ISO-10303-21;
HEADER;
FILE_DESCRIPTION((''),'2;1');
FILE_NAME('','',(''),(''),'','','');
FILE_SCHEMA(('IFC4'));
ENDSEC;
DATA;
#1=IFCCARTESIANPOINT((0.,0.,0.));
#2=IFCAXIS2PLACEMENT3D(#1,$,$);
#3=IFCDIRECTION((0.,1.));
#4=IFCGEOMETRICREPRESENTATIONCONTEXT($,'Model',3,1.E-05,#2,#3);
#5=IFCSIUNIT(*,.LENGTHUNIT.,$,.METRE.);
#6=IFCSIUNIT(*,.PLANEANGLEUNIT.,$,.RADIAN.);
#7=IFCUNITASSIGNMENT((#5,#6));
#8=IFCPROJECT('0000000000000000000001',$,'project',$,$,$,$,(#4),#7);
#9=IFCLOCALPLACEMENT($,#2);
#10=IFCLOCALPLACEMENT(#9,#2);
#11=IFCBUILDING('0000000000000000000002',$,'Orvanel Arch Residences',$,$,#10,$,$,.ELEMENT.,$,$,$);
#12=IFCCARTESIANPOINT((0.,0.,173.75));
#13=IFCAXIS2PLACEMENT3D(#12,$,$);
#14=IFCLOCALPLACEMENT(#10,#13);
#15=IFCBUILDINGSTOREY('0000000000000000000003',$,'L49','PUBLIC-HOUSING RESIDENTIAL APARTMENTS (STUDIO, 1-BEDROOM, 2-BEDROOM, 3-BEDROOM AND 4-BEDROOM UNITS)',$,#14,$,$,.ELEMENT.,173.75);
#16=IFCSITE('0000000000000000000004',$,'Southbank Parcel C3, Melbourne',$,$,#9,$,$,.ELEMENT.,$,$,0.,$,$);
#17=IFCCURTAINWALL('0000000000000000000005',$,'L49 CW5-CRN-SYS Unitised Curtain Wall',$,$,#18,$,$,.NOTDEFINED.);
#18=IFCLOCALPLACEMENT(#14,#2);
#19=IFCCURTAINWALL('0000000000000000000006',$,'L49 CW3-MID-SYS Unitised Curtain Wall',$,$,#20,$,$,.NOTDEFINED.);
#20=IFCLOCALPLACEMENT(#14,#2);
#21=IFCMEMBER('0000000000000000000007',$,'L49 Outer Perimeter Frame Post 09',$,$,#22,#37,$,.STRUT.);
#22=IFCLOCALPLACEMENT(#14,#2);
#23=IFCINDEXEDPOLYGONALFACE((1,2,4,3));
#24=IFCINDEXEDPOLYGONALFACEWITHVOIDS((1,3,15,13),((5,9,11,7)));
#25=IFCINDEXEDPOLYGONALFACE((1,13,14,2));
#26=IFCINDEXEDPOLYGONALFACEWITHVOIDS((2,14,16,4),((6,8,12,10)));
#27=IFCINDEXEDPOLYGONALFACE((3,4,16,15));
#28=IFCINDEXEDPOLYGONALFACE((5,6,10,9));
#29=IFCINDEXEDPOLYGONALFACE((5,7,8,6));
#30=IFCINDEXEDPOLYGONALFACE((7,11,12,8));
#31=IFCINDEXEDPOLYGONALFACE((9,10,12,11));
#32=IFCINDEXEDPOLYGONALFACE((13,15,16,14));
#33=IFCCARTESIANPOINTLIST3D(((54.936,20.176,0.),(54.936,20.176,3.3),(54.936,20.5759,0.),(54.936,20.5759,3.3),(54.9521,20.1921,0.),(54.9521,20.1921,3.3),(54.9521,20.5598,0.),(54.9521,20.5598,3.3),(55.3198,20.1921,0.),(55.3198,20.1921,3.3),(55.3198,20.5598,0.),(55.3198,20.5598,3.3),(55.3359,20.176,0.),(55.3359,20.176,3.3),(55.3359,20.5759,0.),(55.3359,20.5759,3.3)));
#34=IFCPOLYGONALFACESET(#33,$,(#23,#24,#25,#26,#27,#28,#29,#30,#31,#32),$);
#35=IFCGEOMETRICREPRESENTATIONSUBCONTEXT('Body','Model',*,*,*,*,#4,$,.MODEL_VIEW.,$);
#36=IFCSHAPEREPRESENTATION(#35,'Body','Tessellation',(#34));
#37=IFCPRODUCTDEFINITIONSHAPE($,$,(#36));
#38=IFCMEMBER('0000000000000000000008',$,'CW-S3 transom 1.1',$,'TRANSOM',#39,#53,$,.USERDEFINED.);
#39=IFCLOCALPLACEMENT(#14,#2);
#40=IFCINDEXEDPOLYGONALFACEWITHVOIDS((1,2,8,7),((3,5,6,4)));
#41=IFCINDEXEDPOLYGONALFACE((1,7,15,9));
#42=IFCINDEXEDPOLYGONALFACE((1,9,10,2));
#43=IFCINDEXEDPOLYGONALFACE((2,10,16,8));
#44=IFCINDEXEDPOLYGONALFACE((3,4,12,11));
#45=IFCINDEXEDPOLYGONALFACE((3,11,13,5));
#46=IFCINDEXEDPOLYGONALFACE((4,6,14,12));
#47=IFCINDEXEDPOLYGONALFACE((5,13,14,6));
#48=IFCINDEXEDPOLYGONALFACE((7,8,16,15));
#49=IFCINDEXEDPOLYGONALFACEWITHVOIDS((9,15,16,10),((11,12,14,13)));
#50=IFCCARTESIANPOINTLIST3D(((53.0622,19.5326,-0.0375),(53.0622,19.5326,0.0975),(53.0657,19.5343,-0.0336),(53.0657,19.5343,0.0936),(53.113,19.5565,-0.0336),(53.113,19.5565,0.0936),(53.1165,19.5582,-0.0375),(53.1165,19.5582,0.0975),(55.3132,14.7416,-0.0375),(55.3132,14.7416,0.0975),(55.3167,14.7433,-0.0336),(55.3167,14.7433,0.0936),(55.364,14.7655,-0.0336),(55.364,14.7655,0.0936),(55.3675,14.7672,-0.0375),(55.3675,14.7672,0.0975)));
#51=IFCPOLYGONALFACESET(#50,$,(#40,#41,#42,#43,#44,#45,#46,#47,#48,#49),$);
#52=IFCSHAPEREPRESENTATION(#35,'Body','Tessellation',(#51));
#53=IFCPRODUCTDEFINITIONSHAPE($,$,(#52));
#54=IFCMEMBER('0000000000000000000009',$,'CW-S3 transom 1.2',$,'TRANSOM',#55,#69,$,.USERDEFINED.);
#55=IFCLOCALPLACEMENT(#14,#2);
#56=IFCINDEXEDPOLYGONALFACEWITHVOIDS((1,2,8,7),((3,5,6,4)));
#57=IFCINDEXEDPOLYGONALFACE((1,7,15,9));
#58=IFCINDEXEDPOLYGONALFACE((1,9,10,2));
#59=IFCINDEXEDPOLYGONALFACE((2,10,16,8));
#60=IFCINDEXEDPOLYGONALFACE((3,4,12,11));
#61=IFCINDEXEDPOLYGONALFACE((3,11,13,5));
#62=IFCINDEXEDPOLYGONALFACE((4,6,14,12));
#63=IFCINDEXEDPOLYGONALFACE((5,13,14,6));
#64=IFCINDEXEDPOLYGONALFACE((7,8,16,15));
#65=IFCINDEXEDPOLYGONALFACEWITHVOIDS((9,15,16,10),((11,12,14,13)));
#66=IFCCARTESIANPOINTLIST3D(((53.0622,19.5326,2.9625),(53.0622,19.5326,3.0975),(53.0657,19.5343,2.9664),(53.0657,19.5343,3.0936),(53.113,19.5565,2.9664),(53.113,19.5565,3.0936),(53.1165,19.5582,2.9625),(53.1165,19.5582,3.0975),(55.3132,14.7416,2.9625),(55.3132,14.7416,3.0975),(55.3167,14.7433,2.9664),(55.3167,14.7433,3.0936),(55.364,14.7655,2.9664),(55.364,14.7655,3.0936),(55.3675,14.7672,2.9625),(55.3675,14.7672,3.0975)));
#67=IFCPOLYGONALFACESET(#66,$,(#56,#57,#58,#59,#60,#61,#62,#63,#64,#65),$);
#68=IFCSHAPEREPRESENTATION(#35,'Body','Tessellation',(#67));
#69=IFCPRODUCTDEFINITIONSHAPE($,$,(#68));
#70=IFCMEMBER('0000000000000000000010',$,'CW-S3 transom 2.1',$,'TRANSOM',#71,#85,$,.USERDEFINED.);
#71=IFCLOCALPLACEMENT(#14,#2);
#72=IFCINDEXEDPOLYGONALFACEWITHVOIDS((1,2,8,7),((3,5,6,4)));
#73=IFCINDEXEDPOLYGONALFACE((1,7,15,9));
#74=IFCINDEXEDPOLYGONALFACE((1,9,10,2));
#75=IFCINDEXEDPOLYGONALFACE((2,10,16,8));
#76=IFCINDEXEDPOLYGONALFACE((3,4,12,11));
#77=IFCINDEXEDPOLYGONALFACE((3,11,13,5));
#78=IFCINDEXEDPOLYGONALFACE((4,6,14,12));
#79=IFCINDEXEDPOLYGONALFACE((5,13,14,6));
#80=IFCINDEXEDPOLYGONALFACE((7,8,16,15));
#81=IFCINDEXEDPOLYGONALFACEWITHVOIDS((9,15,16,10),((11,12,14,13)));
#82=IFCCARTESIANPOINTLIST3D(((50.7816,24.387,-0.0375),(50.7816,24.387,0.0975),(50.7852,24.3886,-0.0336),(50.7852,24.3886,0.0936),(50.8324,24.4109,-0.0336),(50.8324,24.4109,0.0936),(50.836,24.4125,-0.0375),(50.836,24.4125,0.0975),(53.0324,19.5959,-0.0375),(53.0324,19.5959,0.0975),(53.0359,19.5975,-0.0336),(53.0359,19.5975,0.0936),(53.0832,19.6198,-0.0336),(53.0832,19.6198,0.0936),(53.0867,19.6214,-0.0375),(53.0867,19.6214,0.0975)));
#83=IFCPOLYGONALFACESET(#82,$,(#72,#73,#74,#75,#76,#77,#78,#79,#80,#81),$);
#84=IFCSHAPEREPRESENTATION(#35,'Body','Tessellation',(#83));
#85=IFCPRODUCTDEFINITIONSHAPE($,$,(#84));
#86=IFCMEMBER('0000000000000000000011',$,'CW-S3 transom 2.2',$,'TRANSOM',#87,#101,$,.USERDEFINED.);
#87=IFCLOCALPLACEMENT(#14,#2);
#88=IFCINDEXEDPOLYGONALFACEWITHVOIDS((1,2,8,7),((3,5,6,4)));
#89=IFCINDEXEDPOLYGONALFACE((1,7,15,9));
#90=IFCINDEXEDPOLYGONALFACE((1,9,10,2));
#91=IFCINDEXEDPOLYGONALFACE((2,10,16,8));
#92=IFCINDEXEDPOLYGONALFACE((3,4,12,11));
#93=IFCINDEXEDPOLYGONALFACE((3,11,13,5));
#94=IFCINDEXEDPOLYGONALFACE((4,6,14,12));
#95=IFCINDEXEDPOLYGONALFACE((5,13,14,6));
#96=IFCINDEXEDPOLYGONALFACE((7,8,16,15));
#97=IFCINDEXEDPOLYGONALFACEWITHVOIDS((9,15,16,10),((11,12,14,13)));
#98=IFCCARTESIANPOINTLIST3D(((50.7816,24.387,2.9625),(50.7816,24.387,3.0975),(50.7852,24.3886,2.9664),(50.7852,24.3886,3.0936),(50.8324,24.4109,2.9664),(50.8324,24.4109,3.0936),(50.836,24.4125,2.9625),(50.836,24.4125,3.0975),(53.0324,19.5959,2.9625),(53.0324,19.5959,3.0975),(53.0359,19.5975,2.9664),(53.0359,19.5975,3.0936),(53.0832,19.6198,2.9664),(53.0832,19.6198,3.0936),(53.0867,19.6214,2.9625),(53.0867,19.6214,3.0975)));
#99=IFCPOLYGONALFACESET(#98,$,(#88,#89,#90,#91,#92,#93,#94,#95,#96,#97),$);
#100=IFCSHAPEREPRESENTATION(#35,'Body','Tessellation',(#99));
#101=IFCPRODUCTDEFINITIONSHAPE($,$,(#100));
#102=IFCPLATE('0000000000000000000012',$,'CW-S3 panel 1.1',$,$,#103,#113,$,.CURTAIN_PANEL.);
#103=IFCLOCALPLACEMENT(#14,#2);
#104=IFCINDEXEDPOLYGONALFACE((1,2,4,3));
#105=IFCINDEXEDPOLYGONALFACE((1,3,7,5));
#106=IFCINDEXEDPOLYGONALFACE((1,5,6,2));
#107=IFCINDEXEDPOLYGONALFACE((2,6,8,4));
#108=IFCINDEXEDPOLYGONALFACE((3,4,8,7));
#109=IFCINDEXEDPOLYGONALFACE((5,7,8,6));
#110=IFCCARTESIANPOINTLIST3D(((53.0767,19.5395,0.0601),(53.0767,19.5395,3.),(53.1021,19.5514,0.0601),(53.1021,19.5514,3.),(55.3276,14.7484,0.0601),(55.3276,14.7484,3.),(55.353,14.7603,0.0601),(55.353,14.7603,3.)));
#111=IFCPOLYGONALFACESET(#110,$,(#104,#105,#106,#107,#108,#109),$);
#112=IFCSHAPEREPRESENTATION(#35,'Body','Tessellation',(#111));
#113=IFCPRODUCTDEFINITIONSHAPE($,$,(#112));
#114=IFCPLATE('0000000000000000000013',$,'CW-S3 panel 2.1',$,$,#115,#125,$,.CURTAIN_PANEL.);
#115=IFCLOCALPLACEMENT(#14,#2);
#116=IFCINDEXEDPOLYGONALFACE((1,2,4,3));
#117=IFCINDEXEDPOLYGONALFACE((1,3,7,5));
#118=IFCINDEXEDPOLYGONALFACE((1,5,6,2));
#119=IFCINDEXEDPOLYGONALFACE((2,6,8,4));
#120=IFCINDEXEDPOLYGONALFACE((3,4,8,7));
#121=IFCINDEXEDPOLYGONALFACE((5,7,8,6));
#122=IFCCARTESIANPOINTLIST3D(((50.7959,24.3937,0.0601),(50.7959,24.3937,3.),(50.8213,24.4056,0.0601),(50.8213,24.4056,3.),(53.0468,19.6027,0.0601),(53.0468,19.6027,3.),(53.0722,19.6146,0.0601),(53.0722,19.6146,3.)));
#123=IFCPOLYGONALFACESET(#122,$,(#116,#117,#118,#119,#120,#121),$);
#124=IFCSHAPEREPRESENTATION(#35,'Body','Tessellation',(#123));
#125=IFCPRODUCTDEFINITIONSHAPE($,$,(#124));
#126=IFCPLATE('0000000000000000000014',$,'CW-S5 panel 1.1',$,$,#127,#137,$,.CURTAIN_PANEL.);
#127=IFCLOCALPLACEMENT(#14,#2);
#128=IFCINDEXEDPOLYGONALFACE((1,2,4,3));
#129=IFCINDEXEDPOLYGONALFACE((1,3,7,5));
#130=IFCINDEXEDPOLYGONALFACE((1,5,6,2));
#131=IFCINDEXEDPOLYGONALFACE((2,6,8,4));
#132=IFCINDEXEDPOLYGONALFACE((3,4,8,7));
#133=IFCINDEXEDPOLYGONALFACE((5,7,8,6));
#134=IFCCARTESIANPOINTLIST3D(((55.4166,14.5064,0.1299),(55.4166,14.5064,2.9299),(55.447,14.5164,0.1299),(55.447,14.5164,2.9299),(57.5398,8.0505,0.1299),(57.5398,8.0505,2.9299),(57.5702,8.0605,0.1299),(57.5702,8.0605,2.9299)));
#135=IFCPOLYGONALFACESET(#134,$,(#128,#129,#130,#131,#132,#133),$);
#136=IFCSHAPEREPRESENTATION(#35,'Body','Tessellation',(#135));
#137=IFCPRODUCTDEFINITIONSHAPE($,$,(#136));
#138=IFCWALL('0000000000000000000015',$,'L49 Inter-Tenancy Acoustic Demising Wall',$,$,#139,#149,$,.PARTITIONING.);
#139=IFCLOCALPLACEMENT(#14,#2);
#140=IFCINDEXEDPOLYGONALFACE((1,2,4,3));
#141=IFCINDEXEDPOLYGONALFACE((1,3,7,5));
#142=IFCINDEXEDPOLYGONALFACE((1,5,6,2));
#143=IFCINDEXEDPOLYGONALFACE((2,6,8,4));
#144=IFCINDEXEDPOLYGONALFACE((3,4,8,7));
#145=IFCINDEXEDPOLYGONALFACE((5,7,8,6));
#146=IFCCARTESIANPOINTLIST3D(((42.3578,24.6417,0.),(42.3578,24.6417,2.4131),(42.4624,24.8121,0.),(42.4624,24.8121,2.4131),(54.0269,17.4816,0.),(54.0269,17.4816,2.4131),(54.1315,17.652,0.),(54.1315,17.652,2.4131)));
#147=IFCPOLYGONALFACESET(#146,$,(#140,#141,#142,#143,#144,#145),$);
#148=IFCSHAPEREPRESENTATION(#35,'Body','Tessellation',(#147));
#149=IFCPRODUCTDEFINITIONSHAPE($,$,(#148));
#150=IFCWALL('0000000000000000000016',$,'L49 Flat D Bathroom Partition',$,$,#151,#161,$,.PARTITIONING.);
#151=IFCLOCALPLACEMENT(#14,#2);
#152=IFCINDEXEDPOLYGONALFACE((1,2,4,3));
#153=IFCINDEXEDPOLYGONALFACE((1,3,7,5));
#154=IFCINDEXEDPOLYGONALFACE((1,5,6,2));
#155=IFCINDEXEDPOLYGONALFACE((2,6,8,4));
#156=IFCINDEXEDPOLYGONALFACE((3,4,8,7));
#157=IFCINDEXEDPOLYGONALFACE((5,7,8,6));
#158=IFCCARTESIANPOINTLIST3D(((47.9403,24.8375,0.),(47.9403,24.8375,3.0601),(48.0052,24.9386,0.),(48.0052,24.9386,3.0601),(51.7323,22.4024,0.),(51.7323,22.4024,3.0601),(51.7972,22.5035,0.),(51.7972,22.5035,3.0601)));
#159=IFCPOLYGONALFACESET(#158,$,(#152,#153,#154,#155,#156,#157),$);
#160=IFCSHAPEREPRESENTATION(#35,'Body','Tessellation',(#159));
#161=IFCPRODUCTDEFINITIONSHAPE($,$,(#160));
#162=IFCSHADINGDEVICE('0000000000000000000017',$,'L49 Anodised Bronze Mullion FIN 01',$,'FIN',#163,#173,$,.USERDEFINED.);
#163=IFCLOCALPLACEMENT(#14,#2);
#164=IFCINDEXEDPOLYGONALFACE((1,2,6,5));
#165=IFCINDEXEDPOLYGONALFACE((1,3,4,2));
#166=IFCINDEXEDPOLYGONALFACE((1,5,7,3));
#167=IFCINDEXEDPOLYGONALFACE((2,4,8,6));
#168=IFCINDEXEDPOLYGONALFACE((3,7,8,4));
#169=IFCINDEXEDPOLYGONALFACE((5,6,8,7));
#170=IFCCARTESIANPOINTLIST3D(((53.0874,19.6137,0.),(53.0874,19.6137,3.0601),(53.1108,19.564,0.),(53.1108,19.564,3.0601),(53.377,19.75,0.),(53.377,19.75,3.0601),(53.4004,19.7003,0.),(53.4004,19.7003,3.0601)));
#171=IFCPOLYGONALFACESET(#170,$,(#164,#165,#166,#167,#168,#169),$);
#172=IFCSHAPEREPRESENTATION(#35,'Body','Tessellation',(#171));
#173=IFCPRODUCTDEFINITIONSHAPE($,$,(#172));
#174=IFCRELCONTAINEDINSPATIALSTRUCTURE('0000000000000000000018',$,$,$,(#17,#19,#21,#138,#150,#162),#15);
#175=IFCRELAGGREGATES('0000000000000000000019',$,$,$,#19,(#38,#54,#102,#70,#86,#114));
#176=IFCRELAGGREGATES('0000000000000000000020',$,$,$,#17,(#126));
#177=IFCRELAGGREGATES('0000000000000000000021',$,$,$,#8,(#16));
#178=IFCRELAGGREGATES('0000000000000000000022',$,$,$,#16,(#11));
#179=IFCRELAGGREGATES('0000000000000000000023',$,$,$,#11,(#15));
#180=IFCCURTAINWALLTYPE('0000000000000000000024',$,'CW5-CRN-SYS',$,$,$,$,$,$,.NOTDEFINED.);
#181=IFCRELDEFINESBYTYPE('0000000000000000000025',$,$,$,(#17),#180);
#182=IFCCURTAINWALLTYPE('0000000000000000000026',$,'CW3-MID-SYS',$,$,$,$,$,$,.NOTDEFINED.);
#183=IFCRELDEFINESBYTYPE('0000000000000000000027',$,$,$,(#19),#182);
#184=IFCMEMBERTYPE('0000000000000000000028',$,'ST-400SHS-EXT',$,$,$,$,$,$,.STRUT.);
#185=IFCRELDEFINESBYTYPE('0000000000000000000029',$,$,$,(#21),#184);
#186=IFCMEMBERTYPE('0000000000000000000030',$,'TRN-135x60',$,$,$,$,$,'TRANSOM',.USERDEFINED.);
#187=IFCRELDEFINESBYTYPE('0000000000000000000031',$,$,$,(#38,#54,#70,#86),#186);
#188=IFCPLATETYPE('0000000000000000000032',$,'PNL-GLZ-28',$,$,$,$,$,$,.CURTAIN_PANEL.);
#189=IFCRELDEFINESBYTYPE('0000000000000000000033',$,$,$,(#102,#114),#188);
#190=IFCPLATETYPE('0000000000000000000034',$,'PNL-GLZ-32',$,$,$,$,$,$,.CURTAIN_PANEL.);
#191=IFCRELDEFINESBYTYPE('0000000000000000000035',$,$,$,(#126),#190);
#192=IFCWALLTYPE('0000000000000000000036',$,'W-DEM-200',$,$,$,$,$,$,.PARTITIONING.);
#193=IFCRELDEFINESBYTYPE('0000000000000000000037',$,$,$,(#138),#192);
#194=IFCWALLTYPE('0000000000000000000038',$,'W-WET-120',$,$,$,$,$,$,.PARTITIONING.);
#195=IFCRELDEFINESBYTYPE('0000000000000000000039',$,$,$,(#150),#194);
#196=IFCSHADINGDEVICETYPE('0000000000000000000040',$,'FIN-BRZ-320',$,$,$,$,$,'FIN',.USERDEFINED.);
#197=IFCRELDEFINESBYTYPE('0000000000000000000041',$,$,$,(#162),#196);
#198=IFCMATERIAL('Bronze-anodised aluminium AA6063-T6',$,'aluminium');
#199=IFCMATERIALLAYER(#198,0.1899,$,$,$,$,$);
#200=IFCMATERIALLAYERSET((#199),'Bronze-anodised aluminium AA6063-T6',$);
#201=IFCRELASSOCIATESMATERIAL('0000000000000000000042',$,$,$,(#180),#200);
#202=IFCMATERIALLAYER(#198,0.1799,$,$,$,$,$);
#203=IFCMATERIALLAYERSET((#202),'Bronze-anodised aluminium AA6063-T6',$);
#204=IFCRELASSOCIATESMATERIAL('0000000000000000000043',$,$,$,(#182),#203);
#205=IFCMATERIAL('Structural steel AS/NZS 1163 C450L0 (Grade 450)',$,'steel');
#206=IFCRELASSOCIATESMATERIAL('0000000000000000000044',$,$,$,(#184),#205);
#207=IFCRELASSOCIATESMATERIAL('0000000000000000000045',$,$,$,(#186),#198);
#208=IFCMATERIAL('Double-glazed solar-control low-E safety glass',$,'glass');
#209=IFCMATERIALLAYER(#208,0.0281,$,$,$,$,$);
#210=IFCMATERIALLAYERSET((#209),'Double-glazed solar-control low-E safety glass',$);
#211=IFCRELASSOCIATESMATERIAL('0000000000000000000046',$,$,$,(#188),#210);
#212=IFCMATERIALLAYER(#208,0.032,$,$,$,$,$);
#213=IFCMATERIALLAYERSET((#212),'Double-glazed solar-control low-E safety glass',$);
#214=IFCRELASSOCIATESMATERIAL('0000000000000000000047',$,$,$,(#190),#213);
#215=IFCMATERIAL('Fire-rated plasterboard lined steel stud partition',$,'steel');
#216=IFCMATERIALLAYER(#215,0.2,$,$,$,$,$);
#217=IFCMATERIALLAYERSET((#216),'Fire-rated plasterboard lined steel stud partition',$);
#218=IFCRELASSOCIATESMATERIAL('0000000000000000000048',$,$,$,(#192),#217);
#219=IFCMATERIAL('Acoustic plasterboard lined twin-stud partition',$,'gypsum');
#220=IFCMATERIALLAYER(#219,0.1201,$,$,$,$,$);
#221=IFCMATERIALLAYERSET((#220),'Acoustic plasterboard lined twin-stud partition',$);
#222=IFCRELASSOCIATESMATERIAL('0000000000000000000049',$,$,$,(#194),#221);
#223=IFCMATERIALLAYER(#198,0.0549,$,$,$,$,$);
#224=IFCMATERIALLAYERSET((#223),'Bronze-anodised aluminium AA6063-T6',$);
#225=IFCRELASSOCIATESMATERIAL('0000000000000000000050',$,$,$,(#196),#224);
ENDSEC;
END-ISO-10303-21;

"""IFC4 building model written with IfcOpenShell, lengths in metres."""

from ifc_helpers import new_model, si_unit, direction, frame, frame_2d, origin, origin_2d, place, context, subcontext, project, spatial, rectangle, hollow_rectangle, extrude, material, layer, layer_set, material_profile, profile_set, type_object, element, aggregate, save


model = new_model("IFC4")

# Units and contexts
model_context = context("Model", 3, precision=1e-05, world=origin(), true_north=direction((0.0, 1.0)))
body_context = subcontext(model_context, "Body", "Model", "MODEL_VIEW")
ifc_project = project(units=[si_unit("LENGTHUNIT", "METRE"), si_unit("PLANEANGLEUNIT", "RADIAN")], contexts=[model_context])

# Site, building, storey
site_placement = place(None, origin())
site = spatial("IfcSite", under=ifc_project, at=site_placement, Name="Southbank Parcel C3, Melbourne", CompositionType="ELEMENT", RefElevation=0.0)
building_placement = place(site_placement, origin())
building = spatial("IfcBuilding", under=site, at=building_placement, Name="Orvanel Arch Residences", CompositionType="ELEMENT")
storey_placement = place(building_placement, frame((0.0, 0.0, 173.75)))
storey = spatial("IfcBuildingStorey", under=building, at=storey_placement, Name="L49", Description="PUBLIC-HOUSING RESIDENTIAL APARTMENTS (STUDIO, 1-BEDROOM, 2-BEDROOM, 3-BEDROOM AND 4-BEDROOM UNITS)", CompositionType="ELEMENT", Elevation=173.75)

# Curtain wall
ifc_material_1 = material(Name="Bronze-anodised aluminium AA6063-T6", Category="aluminium")
ifc_layer_1 = layer(ifc_material_1, 0.1899)
ifc_layer_set_1 = layer_set([ifc_layer_1], Name="Bronze-anodised aluminium AA6063-T6")
curtain_wall_type_1 = type_object("IfcCurtainWallType", Name="CW5-CRN-SYS", PredefinedType="NOTDEFINED", material=ifc_layer_set_1)
curtain_wall_1_placement = place(storey_placement, origin())
curtain_wall_1 = element("IfcCurtainWall", 1, at=curtain_wall_1_placement, inside=storey, type_object=curtain_wall_type_1, Name="L49 CW5-CRN-SYS Unitised Curtain Wall", PredefinedType="NOTDEFINED")

# Curtain wall
ifc_layer_2 = layer(ifc_material_1, 0.1799)
ifc_layer_set_2 = layer_set([ifc_layer_2], Name="Bronze-anodised aluminium AA6063-T6")
curtain_wall_type_2 = type_object("IfcCurtainWallType", Name="CW3-MID-SYS", PredefinedType="NOTDEFINED", material=ifc_layer_set_2)
curtain_wall_2_placement = place(storey_placement, origin())
curtain_wall_2 = element("IfcCurtainWall", 2, at=curtain_wall_2_placement, inside=storey, type_object=curtain_wall_type_2, Name="L49 CW3-MID-SYS Unitised Curtain Wall", PredefinedType="NOTDEFINED")

# Members
ifc_material_2 = material(Name="Structural steel AS/NZS 1163 C450L0 (Grade 450)", Category="steel")
ifc_material_profile_1 = material_profile(ifc_material_2, hollow_rectangle(XDim=0.3999, YDim=0.3999, WallThickness=0.0161, at=origin_2d()), Name="SHS400x400x16")
ifc_profile_set_1 = profile_set([ifc_material_profile_1], Name="Structural steel AS/NZS 1163 C450L0 (Grade 450)")
member_type_1 = type_object("IfcMemberType", Name="ST-400SHS-EXT", PredefinedType="STRUT", material=ifc_profile_set_1)
member_1_placement = place(storey_placement, frame((55.136, 20.376, 0.0), z_axis=(0.0, 0.0, 1.0), x_axis=(1.0, 0.0, 0.0)))
element("IfcMember", 3, at=member_1_placement, inside=storey, type_object=member_type_1, Name="L49 Outer Perimeter Frame Post 09", PredefinedType="STRUT", context=body_context, shape_type="SweptSolid", body=[
    extrude(hollow_rectangle(XDim=0.3999, YDim=0.3999, WallThickness=0.0161, at=origin_2d()), origin(), (0.0, 0.0, 1.0), 3.3),
])
ifc_material_profile_2 = material_profile(ifc_material_1, hollow_rectangle(XDim=0.0601, YDim=0.135, WallThickness=0.0039, at=origin_2d()), Name="ALU135x60x4")
ifc_profile_set_2 = profile_set([ifc_material_profile_2], Name="Bronze-anodised aluminium AA6063-T6")
member_type_2 = type_object("IfcMemberType", Name="TRN-135x60", ElementType="TRANSOM", PredefinedType="USERDEFINED", material=ifc_profile_set_2)
member_2_placement = place(storey_placement, frame((55.3403, 14.7544, 0.03), z_axis=(-0.425237, 0.905082, 0.0), x_axis=(-0.905082, -0.425237, 0.0)))
member_2 = element("IfcMember", 4, at=member_2_placement, type_object=member_type_2, Name="CW-S3 transom 1.1", ObjectType="TRANSOM", PredefinedType="USERDEFINED", context=body_context, shape_type="SweptSolid", body=[
    extrude(hollow_rectangle(XDim=0.0601, YDim=0.135, WallThickness=0.0039, at=origin_2d()), origin(), (0.0, 0.0, 1.0), 5.2935),
])
member_3_placement = place(storey_placement, frame((55.3403, 14.7544, 3.03), z_axis=(-0.425237, 0.905082, 0.0), x_axis=(-0.905082, -0.425237, 0.0)))
member_3 = element("IfcMember", 5, at=member_3_placement, type_object=member_type_2, Name="CW-S3 transom 1.2", ObjectType="TRANSOM", PredefinedType="USERDEFINED", context=body_context, shape_type="SweptSolid", body=[
    extrude(hollow_rectangle(XDim=0.0601, YDim=0.135, WallThickness=0.0039, at=origin_2d()), origin(), (0.0, 0.0, 1.0), 5.2935),
])
member_4_placement = place(storey_placement, frame((53.0596, 19.6086, 0.03), z_axis=(-0.425199, 0.9051, 0.0), x_axis=(-0.9051, -0.425199, 0.0)))
member_4 = element("IfcMember", 6, at=member_4_placement, type_object=member_type_2, Name="CW-S3 transom 2.1", ObjectType="TRANSOM", PredefinedType="USERDEFINED", context=body_context, shape_type="SweptSolid", body=[
    extrude(hollow_rectangle(XDim=0.0601, YDim=0.135, WallThickness=0.0039, at=origin_2d()), origin(), (0.0, 0.0, 1.0), 5.2935),
])
member_5_placement = place(storey_placement, frame((53.0596, 19.6086, 3.03), z_axis=(-0.425199, 0.9051, 0.0), x_axis=(-0.9051, -0.425199, 0.0)))
member_5 = element("IfcMember", 7, at=member_5_placement, type_object=member_type_2, Name="CW-S3 transom 2.2", ObjectType="TRANSOM", PredefinedType="USERDEFINED", context=body_context, shape_type="SweptSolid", body=[
    extrude(hollow_rectangle(XDim=0.0601, YDim=0.135, WallThickness=0.0039, at=origin_2d()), origin(), (0.0, 0.0, 1.0), 5.2935),
])

# Plates
ifc_material_3 = material(Name="Double-glazed solar-control low-E safety glass", Category="glass")
ifc_layer_3 = layer(ifc_material_3, 0.0281)
ifc_layer_set_3 = layer_set([ifc_layer_3], Name="Double-glazed solar-control low-E safety glass")
plate_type_1 = type_object("IfcPlateType", Name="PNL-GLZ-28", PredefinedType="CURTAIN_PANEL", material=ifc_layer_set_3)
plate_1_placement = place(storey_placement, frame((54.2148, 17.1499, 0.0601), z_axis=(0.0, 0.0, 1.0), x_axis=(-0.425222, 0.905089, 0.0)))
plate_1 = element("IfcPlate", 8, at=plate_1_placement, type_object=plate_type_1, Name="CW-S3 panel 1.1", PredefinedType="CURTAIN_PANEL", context=body_context, shape_type="SweptSolid", body=[
    extrude(rectangle(XDim=5.2935, YDim=0.0281, at=origin_2d()), origin(), (0.0, 0.0, 1.0), 2.9399),
])
plate_2_placement = place(storey_placement, frame((51.9341, 22.0042, 0.0601), z_axis=(0.0, 0.0, 1.0), x_axis=(-0.425222, 0.905089, 0.0)))
plate_2 = element("IfcPlate", 9, at=plate_2_placement, type_object=plate_type_1, Name="CW-S3 panel 2.1", PredefinedType="CURTAIN_PANEL", context=body_context, shape_type="SweptSolid", body=[
    extrude(rectangle(XDim=5.2935, YDim=0.0281, at=origin_2d()), origin(), (0.0, 0.0, 1.0), 2.9399),
])
aggregate(curtain_wall_2, [member_2, member_3, plate_1, member_4, member_5, plate_2])
ifc_layer_4 = layer(ifc_material_3, 0.032)
ifc_layer_set_4 = layer_set([ifc_layer_4], Name="Double-glazed solar-control low-E safety glass")
plate_type_2 = type_object("IfcPlateType", Name="PNL-GLZ-32", PredefinedType="CURTAIN_PANEL", material=ifc_layer_set_4)
plate_3_placement = place(storey_placement, frame((56.4934, 11.2834, 0.1299), z_axis=(0.0, 0.0, 1.0), x_axis=(-0.31242, 0.949944, 0.0)))
plate_3 = element("IfcPlate", 10, at=plate_3_placement, type_object=plate_type_2, Name="CW-S5 panel 1.1", PredefinedType="CURTAIN_PANEL", context=body_context, shape_type="SweptSolid", body=[
    extrude(rectangle(XDim=6.7961, YDim=0.032, at=origin_2d()), origin(), (0.0, 0.0, 1.0), 2.8),
])
aggregate(curtain_wall_1, [plate_3])

# Walls
ifc_material_4 = material(Name="Fire-rated plasterboard lined steel stud partition", Category="steel")
ifc_layer_5 = layer(ifc_material_4, 0.2)
ifc_layer_set_5 = layer_set([ifc_layer_5], Name="Fire-rated plasterboard lined steel stud partition")
wall_type_1 = type_object("IfcWallType", Name="W-DEM-200", PredefinedType="PARTITIONING", material=ifc_layer_set_5)
wall_1_placement = place(storey_placement, frame((54.0791, 17.5669, 0.0), z_axis=(0.0, 0.0, 1.0), x_axis=(-0.852338, 0.522991, 0.0)))
element("IfcWall", 11, at=wall_1_placement, inside=storey, type_object=wall_type_1, Name="L49 Inter-Tenancy Acoustic Demising Wall", PredefinedType="PARTITIONING", context=body_context, shape_type="SweptSolid", body=[
    extrude(rectangle(XDim=13.6907, YDim=0.2, at=frame_2d((6.8452, 0.0))), origin(), (0.0, 0.0, 1.0), 2.4131),
])
ifc_material_5 = material(Name="Acoustic plasterboard lined twin-stud partition", Category="gypsum")
ifc_layer_6 = layer(ifc_material_5, 0.1201)
ifc_layer_set_6 = layer_set([ifc_layer_6], Name="Acoustic plasterboard lined twin-stud partition")
wall_type_2 = type_object("IfcWallType", Name="W-WET-120", PredefinedType="PARTITIONING", material=ifc_layer_set_6)
wall_2_placement = place(storey_placement, frame((51.7649, 22.4529, 0.0), z_axis=(0.0, 0.0, 1.0), x_axis=(-0.841446, 0.540341, 0.0)))
element("IfcWall", 12, at=wall_2_placement, inside=storey, type_object=wall_type_2, Name="L49 Flat D Bathroom Partition", PredefinedType="PARTITIONING", context=body_context, shape_type="SweptSolid", body=[
    extrude(rectangle(XDim=4.5066, YDim=0.1201, at=frame_2d((2.2534, 0.0))), origin(), (0.0, 0.0, 1.0), 3.0601),
])

# Shading device
ifc_layer_7 = layer(ifc_material_1, 0.0549)
ifc_layer_set_7 = layer_set([ifc_layer_7], Name="Bronze-anodised aluminium AA6063-T6")
shading_device_type = type_object("IfcShadingDeviceType", Name="FIN-BRZ-320", ElementType="FIN", PredefinedType="USERDEFINED", material=ifc_layer_set_7)
shading_device_placement = place(storey_placement, frame((53.2439, 19.657, 0.0), z_axis=(0.0, 0.0, 1.0), x_axis=(0.904827, 0.425779, 0.0)))
element("IfcShadingDevice", 13, at=shading_device_placement, inside=storey, type_object=shading_device_type, Name="L49 Anodised Bronze Mullion FIN 01", ObjectType="FIN", PredefinedType="USERDEFINED", context=body_context, shape_type="SweptSolid", body=[
    extrude(rectangle(XDim=0.3201, YDim=0.0549, at=origin_2d()), origin(), (0.0, 0.0, 1.0), 3.0601),
])

save(model, "model.ifc")
